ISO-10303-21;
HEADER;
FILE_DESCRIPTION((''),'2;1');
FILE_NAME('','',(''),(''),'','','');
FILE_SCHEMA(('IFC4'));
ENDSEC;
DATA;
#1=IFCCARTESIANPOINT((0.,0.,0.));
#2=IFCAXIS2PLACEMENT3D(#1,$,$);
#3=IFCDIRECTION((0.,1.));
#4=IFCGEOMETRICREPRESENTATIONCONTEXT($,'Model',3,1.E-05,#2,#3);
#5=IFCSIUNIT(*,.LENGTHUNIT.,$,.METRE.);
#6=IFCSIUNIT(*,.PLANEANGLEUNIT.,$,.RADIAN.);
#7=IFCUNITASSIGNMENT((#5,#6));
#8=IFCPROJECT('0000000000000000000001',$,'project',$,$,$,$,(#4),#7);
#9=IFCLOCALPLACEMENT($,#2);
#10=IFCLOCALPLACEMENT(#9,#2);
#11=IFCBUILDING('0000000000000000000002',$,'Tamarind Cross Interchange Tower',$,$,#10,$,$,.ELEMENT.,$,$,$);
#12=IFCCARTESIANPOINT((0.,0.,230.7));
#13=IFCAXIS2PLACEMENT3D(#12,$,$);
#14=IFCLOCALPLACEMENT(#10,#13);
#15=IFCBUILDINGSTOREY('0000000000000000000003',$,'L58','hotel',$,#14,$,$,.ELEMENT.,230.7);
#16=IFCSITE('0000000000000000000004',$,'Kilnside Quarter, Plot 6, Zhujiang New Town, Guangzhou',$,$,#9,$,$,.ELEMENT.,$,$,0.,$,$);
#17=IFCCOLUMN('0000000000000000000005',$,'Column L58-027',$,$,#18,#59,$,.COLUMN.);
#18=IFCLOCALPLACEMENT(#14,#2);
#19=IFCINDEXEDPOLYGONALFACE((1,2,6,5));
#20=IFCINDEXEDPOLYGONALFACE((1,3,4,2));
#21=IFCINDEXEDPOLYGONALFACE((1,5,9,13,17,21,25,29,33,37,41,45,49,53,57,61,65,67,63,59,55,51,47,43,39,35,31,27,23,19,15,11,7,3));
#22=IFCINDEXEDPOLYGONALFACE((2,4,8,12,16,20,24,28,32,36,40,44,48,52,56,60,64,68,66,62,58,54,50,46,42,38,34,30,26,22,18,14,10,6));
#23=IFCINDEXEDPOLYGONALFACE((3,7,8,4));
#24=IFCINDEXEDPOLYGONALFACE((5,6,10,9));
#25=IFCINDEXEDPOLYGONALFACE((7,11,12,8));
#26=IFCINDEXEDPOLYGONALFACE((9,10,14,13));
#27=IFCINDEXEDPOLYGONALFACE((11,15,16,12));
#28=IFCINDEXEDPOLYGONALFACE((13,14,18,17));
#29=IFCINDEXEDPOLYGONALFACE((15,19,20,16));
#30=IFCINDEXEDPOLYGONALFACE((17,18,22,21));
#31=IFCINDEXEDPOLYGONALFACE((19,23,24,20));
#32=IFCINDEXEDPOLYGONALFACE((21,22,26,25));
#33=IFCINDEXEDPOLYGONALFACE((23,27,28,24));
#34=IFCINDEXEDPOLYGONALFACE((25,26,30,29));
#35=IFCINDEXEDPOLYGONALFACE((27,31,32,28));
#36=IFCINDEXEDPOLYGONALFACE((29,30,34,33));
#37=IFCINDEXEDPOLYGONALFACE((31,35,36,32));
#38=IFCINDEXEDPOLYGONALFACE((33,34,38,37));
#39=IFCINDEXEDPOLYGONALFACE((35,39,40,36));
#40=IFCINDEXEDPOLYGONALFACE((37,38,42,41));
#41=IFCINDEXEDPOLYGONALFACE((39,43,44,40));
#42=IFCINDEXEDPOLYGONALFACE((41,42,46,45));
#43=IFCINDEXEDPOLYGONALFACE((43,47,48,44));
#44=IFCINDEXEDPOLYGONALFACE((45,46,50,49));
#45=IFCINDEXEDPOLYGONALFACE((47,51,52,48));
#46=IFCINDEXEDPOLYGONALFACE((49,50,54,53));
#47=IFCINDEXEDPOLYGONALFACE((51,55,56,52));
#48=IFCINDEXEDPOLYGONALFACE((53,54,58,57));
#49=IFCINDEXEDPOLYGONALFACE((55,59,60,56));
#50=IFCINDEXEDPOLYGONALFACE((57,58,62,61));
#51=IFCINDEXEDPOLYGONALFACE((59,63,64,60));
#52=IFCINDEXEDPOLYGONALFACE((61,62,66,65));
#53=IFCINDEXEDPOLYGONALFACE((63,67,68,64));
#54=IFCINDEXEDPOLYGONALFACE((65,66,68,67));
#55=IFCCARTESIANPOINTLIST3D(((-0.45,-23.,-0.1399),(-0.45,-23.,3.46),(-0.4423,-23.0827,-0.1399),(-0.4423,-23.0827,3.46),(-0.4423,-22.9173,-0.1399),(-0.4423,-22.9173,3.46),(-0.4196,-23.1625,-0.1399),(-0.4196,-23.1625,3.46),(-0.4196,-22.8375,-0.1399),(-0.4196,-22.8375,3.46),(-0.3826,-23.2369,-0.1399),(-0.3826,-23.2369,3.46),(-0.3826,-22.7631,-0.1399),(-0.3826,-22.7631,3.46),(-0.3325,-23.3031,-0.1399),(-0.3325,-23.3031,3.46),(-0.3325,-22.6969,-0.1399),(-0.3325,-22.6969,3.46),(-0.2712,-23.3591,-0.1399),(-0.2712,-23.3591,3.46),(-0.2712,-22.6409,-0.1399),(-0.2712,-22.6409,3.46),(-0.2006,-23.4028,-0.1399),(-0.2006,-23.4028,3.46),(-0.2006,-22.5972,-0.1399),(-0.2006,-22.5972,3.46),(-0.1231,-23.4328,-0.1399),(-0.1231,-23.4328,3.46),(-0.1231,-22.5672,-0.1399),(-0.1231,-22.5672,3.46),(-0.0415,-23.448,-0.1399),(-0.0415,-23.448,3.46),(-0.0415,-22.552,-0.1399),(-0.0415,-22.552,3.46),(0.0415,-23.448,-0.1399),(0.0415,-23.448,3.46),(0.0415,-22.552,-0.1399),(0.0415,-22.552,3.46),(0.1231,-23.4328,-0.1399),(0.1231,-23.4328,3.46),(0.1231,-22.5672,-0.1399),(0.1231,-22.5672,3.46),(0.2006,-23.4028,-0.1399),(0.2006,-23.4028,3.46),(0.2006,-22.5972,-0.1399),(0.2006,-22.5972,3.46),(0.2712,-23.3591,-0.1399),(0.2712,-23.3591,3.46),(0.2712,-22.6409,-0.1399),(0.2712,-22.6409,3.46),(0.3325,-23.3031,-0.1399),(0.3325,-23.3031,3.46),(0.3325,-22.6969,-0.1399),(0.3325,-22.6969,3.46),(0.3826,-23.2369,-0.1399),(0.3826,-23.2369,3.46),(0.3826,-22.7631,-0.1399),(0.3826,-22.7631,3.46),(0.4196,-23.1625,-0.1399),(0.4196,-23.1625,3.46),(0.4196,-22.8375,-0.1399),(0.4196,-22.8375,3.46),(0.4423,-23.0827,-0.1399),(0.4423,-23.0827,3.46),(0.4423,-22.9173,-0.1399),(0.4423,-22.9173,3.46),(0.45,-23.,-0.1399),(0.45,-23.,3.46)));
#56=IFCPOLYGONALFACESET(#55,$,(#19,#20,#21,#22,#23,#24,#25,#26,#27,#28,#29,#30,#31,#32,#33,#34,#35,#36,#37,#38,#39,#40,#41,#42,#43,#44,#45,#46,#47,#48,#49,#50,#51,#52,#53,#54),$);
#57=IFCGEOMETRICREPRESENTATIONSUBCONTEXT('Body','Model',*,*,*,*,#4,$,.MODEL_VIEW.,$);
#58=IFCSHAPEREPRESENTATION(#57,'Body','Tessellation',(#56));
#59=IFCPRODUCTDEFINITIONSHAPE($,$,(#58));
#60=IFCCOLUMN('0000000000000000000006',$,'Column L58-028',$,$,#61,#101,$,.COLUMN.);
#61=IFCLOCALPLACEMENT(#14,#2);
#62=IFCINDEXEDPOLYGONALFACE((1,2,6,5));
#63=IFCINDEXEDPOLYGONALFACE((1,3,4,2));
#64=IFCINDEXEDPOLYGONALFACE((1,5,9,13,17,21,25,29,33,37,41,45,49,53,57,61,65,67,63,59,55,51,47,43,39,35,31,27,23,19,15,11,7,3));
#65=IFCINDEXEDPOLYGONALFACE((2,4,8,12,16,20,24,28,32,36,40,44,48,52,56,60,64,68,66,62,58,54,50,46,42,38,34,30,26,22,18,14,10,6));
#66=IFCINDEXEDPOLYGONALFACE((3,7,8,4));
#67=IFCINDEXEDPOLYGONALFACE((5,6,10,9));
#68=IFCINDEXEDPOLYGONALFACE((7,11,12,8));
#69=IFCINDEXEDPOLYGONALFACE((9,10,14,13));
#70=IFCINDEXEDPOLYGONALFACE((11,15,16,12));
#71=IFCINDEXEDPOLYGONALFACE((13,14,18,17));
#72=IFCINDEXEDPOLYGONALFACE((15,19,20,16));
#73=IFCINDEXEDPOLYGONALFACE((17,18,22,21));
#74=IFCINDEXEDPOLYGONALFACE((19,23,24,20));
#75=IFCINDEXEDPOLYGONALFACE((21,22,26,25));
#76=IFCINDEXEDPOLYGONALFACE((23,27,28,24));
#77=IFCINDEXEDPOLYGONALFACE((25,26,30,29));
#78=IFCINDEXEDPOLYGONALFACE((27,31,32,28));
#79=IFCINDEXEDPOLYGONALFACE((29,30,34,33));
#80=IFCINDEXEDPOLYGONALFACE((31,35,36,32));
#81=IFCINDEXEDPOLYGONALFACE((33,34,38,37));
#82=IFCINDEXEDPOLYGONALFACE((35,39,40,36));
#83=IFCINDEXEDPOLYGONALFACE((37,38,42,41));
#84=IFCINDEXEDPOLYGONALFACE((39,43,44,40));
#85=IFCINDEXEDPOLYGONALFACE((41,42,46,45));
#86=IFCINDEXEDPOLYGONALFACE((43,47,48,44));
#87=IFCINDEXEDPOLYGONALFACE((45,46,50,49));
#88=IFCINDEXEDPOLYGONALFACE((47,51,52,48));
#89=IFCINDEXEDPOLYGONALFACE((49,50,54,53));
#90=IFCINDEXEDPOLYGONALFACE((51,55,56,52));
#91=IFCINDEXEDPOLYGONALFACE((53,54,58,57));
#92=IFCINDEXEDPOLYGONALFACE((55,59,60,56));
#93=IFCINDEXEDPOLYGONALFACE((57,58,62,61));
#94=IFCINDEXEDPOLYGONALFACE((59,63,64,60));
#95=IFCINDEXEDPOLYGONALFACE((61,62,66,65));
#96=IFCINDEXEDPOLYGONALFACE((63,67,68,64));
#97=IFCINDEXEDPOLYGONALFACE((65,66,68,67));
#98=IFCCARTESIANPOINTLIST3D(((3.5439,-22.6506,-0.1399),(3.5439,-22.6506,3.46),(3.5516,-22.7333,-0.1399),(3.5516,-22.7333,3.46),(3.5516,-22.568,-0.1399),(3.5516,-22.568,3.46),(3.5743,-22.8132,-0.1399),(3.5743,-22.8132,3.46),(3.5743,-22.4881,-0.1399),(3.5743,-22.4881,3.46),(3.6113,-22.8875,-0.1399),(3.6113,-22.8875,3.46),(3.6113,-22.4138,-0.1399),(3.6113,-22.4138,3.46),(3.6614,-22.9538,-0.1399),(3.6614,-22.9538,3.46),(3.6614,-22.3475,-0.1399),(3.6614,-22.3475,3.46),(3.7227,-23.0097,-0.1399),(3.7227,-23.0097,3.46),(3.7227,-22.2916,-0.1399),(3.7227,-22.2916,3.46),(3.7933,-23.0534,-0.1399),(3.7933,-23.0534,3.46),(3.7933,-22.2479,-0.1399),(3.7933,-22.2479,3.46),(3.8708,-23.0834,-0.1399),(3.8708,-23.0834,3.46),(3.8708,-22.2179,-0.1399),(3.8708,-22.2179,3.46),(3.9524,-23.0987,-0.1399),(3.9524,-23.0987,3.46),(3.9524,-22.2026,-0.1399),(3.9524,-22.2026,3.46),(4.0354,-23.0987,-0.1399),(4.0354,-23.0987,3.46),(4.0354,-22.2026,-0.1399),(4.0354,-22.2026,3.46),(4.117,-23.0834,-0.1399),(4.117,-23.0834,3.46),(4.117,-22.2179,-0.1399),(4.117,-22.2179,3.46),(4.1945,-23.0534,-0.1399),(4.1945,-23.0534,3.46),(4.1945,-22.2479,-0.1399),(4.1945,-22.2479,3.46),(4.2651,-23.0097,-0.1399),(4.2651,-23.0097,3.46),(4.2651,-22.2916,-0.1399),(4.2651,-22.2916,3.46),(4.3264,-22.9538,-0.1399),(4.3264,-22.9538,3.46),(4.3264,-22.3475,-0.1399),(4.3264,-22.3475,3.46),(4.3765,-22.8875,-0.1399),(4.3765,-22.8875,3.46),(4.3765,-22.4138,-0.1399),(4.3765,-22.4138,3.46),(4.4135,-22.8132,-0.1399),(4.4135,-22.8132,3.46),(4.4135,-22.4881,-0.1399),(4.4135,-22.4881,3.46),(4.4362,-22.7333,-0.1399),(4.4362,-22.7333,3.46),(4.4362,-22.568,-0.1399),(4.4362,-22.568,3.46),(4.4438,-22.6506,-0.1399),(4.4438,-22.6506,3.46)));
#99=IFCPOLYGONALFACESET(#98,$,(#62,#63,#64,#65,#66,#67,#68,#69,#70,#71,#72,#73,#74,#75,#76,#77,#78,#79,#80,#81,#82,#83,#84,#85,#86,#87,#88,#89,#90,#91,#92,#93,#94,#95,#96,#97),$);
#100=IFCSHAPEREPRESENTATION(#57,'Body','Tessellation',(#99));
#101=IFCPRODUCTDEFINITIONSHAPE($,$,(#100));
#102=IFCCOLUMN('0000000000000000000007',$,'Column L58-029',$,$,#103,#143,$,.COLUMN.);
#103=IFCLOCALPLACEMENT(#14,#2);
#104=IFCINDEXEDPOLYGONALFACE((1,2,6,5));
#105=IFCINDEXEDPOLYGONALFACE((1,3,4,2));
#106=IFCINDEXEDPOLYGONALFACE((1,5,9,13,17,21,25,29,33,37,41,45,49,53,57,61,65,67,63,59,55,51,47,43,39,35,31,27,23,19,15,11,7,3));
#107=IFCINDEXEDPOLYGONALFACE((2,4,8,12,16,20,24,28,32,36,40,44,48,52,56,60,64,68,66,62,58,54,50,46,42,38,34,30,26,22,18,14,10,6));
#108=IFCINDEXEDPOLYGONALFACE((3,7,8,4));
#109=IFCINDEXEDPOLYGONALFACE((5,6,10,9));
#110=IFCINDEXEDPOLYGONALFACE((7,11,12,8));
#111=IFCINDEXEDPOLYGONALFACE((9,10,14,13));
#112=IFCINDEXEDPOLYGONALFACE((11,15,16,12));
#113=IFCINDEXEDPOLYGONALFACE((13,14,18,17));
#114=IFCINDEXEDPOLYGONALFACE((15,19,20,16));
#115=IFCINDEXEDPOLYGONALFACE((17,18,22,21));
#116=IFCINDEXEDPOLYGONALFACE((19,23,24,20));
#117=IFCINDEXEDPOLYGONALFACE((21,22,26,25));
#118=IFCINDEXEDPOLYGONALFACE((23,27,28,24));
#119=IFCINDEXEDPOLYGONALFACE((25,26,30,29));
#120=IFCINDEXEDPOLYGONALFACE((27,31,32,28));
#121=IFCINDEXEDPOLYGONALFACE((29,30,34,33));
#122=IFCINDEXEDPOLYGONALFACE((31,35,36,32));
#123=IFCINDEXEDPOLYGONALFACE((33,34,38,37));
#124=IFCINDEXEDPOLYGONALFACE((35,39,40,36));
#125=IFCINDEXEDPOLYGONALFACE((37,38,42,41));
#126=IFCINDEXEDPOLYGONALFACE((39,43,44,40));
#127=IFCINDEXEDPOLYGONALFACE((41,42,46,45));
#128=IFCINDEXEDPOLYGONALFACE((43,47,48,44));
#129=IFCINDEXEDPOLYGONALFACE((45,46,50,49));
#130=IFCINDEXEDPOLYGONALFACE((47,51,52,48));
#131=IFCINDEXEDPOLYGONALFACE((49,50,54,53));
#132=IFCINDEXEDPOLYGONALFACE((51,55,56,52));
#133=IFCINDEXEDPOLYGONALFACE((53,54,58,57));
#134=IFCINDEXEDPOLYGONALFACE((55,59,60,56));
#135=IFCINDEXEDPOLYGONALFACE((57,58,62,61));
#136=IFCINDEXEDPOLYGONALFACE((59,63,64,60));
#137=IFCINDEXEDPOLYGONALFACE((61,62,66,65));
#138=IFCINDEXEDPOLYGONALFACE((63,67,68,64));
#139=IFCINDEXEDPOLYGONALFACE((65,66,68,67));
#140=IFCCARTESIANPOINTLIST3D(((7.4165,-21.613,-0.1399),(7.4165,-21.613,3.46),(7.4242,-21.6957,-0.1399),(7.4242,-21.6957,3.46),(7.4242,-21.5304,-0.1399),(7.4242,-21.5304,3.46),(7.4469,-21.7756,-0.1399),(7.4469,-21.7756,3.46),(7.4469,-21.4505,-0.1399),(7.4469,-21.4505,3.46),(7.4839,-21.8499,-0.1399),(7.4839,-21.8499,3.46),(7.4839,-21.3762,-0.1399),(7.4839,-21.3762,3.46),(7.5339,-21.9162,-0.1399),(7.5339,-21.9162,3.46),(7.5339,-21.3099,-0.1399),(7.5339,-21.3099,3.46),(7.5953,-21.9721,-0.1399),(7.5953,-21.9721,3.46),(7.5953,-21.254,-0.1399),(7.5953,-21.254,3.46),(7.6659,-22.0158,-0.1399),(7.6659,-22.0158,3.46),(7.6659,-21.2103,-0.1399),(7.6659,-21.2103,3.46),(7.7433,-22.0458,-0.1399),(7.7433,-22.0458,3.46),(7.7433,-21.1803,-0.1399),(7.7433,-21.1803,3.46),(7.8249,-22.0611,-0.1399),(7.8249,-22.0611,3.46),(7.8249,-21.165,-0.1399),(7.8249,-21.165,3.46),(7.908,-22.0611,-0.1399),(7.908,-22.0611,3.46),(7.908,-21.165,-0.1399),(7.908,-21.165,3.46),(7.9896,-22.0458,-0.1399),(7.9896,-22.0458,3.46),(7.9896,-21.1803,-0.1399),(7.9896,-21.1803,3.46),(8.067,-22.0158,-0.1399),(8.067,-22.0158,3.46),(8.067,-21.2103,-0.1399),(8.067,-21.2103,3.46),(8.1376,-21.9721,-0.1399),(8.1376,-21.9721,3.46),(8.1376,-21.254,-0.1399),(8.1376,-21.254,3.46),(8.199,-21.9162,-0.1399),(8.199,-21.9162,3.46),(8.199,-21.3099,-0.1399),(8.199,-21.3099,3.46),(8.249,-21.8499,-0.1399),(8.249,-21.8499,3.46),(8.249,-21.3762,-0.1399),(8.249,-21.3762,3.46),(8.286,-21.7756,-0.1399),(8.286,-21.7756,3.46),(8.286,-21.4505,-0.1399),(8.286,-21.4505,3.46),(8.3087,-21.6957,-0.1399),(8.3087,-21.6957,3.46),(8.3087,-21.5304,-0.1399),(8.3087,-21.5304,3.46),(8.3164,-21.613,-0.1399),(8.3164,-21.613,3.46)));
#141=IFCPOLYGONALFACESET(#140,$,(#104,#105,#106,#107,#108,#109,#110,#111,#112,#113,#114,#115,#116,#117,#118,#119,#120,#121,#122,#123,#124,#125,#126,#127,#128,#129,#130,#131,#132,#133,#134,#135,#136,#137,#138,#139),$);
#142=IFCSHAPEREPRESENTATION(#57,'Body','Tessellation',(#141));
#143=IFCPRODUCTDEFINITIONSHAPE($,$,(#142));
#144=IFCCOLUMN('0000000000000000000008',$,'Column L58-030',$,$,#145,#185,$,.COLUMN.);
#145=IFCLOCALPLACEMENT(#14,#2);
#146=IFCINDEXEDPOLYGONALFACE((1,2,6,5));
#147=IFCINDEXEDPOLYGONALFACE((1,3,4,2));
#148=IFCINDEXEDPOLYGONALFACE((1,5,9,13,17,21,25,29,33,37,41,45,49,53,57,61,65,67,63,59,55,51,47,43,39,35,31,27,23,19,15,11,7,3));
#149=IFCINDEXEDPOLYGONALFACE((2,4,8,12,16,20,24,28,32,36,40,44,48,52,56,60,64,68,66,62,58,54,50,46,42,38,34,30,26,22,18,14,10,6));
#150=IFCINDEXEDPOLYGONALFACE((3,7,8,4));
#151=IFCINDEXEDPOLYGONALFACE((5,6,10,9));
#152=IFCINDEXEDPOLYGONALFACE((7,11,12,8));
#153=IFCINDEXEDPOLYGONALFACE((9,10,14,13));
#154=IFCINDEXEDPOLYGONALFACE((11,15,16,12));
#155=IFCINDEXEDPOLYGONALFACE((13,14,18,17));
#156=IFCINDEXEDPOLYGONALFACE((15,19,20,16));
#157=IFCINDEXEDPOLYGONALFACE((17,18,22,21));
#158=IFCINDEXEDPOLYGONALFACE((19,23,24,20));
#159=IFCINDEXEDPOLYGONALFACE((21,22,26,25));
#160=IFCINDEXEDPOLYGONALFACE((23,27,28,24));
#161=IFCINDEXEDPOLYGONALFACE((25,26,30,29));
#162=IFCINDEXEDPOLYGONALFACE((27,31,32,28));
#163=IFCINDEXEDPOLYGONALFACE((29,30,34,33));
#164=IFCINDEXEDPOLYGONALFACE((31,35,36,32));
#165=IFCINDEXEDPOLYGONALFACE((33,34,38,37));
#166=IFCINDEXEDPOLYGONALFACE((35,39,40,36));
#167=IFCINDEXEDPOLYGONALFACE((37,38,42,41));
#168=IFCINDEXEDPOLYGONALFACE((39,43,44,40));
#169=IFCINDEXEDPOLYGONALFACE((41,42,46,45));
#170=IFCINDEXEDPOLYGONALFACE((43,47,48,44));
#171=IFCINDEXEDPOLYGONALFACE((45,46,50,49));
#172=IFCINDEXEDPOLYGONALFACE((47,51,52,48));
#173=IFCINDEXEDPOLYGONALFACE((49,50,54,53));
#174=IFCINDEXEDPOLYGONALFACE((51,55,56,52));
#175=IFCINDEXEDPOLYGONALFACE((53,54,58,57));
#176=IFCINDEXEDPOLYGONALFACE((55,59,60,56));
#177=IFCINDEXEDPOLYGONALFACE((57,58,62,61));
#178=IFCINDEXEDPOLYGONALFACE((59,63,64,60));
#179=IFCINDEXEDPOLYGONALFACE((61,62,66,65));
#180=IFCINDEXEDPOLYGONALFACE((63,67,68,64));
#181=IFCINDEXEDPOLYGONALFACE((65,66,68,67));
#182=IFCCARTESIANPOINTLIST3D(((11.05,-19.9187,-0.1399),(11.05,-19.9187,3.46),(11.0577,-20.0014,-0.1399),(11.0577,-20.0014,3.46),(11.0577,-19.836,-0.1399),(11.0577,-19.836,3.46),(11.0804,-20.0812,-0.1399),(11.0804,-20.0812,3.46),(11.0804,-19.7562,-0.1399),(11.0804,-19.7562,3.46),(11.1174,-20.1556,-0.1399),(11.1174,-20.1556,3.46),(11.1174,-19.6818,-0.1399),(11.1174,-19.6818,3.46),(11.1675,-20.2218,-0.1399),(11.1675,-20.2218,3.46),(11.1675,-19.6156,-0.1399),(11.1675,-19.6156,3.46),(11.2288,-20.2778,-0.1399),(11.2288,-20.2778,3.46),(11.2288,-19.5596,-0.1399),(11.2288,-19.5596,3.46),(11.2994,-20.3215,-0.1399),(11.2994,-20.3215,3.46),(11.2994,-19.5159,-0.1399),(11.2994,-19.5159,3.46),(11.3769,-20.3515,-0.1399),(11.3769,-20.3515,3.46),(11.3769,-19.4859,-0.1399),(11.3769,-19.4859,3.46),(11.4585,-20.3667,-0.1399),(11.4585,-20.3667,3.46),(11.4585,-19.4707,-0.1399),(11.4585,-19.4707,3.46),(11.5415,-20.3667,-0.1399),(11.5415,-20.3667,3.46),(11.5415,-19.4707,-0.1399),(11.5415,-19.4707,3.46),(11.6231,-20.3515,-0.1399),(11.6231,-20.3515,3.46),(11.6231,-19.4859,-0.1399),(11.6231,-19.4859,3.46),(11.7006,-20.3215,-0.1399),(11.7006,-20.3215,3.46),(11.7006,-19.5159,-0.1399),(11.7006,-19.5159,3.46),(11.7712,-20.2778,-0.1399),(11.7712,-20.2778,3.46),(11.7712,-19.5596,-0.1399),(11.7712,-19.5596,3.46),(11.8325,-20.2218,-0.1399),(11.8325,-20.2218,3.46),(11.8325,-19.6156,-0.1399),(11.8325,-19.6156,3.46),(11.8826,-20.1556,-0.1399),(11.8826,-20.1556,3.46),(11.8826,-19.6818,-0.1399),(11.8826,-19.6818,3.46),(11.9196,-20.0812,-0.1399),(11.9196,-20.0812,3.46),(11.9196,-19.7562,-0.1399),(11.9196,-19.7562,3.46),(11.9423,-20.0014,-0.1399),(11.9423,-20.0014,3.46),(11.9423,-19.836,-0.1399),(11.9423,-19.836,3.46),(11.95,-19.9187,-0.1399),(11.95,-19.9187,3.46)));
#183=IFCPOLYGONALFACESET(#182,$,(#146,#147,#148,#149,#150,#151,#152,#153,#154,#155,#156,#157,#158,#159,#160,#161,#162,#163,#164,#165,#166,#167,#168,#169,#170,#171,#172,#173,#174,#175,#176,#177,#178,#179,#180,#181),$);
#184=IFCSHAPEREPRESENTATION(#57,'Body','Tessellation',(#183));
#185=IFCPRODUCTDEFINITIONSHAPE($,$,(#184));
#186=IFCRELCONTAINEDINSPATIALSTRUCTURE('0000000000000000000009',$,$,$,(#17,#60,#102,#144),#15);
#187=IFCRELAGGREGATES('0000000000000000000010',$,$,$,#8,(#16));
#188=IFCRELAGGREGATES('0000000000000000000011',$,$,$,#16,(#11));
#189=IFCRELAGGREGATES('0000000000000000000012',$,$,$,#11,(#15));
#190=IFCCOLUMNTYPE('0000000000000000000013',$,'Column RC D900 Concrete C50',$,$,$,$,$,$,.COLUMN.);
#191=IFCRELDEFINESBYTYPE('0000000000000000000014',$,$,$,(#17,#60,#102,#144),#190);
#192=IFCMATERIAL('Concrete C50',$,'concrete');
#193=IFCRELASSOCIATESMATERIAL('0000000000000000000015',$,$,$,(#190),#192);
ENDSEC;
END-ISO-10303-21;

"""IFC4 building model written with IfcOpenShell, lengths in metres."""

from ifc_helpers import new_model, si_unit, direction, frame, origin, origin_2d, place, context, subcontext, project, spatial, circle, extrude, material, material_profile, profile_set, type_object, element, save


model = new_model("IFC4")

# Units and contexts
model_context = context("Model", 3, precision=1e-05, world=origin(), true_north=direction((0.0, 1.0)))
body_context = subcontext(model_context, "Body", "Model", "MODEL_VIEW")
ifc_project = project(units=[si_unit("LENGTHUNIT", "METRE"), si_unit("PLANEANGLEUNIT", "RADIAN")], contexts=[model_context])

# Site, building, storey
site_placement = place(None, origin())
site = spatial("IfcSite", under=ifc_project, at=site_placement, Name="Kilnside Quarter, Plot 6, Zhujiang New Town, Guangzhou", CompositionType="ELEMENT", RefElevation=0.0)
building_placement = place(site_placement, origin())
building = spatial("IfcBuilding", under=site, at=building_placement, Name="Tamarind Cross Interchange Tower", CompositionType="ELEMENT")
storey_placement = place(building_placement, frame((0.0, 0.0, 230.7)))
storey = spatial("IfcBuildingStorey", under=building, at=storey_placement, Name="L58", Description="hotel", CompositionType="ELEMENT", Elevation=230.7)

# Columns
ifc_material_1 = material(Name="Concrete C50", Category="concrete")
ifc_material_profile_1 = material_profile(ifc_material_1, circle(Radius=0.45, at=origin_2d()), Name="RC D900")
ifc_profile_set_1 = profile_set([ifc_material_profile_1], Name="Concrete C50")
column_type = type_object("IfcColumnType", Name="Column RC D900 Concrete C50", PredefinedType="COLUMN", material=ifc_profile_set_1)
for number, where, z_axis, x_axis, name in (
    (1, (0.0, -23.0, -0.1399), (0.0, 0.0, 1.0), (1.0, 0.0, 0.0), "Column L58-027"),
    (2, (3.9939, -22.6506, -0.1399), (0.0, 0.0, 1.0), (1.0, 0.0, 0.0), "Column L58-028"),
    (3, (7.8665, -21.613, -0.1399), (0.0, 0.0, 1.0), (1.0, 0.0, 0.0), "Column L58-029"),
    (4, (11.5, -19.9187, -0.1399), (0.0, 0.0, 1.0), (1.0, 0.0, 0.0), "Column L58-030"),
):
    element("IfcColumn", number, at=place(storey_placement, frame(where, z_axis=z_axis, x_axis=x_axis)), inside=storey, type_object=column_type, Name=name, PredefinedType="COLUMN", context=body_context, shape_type="SweptSolid", body=[
        extrude(circle(Radius=0.45, at=origin_2d()), origin(), (0.0, 0.0, 1.0), 3.5999),
    ])

save(model, "model.ifc")
